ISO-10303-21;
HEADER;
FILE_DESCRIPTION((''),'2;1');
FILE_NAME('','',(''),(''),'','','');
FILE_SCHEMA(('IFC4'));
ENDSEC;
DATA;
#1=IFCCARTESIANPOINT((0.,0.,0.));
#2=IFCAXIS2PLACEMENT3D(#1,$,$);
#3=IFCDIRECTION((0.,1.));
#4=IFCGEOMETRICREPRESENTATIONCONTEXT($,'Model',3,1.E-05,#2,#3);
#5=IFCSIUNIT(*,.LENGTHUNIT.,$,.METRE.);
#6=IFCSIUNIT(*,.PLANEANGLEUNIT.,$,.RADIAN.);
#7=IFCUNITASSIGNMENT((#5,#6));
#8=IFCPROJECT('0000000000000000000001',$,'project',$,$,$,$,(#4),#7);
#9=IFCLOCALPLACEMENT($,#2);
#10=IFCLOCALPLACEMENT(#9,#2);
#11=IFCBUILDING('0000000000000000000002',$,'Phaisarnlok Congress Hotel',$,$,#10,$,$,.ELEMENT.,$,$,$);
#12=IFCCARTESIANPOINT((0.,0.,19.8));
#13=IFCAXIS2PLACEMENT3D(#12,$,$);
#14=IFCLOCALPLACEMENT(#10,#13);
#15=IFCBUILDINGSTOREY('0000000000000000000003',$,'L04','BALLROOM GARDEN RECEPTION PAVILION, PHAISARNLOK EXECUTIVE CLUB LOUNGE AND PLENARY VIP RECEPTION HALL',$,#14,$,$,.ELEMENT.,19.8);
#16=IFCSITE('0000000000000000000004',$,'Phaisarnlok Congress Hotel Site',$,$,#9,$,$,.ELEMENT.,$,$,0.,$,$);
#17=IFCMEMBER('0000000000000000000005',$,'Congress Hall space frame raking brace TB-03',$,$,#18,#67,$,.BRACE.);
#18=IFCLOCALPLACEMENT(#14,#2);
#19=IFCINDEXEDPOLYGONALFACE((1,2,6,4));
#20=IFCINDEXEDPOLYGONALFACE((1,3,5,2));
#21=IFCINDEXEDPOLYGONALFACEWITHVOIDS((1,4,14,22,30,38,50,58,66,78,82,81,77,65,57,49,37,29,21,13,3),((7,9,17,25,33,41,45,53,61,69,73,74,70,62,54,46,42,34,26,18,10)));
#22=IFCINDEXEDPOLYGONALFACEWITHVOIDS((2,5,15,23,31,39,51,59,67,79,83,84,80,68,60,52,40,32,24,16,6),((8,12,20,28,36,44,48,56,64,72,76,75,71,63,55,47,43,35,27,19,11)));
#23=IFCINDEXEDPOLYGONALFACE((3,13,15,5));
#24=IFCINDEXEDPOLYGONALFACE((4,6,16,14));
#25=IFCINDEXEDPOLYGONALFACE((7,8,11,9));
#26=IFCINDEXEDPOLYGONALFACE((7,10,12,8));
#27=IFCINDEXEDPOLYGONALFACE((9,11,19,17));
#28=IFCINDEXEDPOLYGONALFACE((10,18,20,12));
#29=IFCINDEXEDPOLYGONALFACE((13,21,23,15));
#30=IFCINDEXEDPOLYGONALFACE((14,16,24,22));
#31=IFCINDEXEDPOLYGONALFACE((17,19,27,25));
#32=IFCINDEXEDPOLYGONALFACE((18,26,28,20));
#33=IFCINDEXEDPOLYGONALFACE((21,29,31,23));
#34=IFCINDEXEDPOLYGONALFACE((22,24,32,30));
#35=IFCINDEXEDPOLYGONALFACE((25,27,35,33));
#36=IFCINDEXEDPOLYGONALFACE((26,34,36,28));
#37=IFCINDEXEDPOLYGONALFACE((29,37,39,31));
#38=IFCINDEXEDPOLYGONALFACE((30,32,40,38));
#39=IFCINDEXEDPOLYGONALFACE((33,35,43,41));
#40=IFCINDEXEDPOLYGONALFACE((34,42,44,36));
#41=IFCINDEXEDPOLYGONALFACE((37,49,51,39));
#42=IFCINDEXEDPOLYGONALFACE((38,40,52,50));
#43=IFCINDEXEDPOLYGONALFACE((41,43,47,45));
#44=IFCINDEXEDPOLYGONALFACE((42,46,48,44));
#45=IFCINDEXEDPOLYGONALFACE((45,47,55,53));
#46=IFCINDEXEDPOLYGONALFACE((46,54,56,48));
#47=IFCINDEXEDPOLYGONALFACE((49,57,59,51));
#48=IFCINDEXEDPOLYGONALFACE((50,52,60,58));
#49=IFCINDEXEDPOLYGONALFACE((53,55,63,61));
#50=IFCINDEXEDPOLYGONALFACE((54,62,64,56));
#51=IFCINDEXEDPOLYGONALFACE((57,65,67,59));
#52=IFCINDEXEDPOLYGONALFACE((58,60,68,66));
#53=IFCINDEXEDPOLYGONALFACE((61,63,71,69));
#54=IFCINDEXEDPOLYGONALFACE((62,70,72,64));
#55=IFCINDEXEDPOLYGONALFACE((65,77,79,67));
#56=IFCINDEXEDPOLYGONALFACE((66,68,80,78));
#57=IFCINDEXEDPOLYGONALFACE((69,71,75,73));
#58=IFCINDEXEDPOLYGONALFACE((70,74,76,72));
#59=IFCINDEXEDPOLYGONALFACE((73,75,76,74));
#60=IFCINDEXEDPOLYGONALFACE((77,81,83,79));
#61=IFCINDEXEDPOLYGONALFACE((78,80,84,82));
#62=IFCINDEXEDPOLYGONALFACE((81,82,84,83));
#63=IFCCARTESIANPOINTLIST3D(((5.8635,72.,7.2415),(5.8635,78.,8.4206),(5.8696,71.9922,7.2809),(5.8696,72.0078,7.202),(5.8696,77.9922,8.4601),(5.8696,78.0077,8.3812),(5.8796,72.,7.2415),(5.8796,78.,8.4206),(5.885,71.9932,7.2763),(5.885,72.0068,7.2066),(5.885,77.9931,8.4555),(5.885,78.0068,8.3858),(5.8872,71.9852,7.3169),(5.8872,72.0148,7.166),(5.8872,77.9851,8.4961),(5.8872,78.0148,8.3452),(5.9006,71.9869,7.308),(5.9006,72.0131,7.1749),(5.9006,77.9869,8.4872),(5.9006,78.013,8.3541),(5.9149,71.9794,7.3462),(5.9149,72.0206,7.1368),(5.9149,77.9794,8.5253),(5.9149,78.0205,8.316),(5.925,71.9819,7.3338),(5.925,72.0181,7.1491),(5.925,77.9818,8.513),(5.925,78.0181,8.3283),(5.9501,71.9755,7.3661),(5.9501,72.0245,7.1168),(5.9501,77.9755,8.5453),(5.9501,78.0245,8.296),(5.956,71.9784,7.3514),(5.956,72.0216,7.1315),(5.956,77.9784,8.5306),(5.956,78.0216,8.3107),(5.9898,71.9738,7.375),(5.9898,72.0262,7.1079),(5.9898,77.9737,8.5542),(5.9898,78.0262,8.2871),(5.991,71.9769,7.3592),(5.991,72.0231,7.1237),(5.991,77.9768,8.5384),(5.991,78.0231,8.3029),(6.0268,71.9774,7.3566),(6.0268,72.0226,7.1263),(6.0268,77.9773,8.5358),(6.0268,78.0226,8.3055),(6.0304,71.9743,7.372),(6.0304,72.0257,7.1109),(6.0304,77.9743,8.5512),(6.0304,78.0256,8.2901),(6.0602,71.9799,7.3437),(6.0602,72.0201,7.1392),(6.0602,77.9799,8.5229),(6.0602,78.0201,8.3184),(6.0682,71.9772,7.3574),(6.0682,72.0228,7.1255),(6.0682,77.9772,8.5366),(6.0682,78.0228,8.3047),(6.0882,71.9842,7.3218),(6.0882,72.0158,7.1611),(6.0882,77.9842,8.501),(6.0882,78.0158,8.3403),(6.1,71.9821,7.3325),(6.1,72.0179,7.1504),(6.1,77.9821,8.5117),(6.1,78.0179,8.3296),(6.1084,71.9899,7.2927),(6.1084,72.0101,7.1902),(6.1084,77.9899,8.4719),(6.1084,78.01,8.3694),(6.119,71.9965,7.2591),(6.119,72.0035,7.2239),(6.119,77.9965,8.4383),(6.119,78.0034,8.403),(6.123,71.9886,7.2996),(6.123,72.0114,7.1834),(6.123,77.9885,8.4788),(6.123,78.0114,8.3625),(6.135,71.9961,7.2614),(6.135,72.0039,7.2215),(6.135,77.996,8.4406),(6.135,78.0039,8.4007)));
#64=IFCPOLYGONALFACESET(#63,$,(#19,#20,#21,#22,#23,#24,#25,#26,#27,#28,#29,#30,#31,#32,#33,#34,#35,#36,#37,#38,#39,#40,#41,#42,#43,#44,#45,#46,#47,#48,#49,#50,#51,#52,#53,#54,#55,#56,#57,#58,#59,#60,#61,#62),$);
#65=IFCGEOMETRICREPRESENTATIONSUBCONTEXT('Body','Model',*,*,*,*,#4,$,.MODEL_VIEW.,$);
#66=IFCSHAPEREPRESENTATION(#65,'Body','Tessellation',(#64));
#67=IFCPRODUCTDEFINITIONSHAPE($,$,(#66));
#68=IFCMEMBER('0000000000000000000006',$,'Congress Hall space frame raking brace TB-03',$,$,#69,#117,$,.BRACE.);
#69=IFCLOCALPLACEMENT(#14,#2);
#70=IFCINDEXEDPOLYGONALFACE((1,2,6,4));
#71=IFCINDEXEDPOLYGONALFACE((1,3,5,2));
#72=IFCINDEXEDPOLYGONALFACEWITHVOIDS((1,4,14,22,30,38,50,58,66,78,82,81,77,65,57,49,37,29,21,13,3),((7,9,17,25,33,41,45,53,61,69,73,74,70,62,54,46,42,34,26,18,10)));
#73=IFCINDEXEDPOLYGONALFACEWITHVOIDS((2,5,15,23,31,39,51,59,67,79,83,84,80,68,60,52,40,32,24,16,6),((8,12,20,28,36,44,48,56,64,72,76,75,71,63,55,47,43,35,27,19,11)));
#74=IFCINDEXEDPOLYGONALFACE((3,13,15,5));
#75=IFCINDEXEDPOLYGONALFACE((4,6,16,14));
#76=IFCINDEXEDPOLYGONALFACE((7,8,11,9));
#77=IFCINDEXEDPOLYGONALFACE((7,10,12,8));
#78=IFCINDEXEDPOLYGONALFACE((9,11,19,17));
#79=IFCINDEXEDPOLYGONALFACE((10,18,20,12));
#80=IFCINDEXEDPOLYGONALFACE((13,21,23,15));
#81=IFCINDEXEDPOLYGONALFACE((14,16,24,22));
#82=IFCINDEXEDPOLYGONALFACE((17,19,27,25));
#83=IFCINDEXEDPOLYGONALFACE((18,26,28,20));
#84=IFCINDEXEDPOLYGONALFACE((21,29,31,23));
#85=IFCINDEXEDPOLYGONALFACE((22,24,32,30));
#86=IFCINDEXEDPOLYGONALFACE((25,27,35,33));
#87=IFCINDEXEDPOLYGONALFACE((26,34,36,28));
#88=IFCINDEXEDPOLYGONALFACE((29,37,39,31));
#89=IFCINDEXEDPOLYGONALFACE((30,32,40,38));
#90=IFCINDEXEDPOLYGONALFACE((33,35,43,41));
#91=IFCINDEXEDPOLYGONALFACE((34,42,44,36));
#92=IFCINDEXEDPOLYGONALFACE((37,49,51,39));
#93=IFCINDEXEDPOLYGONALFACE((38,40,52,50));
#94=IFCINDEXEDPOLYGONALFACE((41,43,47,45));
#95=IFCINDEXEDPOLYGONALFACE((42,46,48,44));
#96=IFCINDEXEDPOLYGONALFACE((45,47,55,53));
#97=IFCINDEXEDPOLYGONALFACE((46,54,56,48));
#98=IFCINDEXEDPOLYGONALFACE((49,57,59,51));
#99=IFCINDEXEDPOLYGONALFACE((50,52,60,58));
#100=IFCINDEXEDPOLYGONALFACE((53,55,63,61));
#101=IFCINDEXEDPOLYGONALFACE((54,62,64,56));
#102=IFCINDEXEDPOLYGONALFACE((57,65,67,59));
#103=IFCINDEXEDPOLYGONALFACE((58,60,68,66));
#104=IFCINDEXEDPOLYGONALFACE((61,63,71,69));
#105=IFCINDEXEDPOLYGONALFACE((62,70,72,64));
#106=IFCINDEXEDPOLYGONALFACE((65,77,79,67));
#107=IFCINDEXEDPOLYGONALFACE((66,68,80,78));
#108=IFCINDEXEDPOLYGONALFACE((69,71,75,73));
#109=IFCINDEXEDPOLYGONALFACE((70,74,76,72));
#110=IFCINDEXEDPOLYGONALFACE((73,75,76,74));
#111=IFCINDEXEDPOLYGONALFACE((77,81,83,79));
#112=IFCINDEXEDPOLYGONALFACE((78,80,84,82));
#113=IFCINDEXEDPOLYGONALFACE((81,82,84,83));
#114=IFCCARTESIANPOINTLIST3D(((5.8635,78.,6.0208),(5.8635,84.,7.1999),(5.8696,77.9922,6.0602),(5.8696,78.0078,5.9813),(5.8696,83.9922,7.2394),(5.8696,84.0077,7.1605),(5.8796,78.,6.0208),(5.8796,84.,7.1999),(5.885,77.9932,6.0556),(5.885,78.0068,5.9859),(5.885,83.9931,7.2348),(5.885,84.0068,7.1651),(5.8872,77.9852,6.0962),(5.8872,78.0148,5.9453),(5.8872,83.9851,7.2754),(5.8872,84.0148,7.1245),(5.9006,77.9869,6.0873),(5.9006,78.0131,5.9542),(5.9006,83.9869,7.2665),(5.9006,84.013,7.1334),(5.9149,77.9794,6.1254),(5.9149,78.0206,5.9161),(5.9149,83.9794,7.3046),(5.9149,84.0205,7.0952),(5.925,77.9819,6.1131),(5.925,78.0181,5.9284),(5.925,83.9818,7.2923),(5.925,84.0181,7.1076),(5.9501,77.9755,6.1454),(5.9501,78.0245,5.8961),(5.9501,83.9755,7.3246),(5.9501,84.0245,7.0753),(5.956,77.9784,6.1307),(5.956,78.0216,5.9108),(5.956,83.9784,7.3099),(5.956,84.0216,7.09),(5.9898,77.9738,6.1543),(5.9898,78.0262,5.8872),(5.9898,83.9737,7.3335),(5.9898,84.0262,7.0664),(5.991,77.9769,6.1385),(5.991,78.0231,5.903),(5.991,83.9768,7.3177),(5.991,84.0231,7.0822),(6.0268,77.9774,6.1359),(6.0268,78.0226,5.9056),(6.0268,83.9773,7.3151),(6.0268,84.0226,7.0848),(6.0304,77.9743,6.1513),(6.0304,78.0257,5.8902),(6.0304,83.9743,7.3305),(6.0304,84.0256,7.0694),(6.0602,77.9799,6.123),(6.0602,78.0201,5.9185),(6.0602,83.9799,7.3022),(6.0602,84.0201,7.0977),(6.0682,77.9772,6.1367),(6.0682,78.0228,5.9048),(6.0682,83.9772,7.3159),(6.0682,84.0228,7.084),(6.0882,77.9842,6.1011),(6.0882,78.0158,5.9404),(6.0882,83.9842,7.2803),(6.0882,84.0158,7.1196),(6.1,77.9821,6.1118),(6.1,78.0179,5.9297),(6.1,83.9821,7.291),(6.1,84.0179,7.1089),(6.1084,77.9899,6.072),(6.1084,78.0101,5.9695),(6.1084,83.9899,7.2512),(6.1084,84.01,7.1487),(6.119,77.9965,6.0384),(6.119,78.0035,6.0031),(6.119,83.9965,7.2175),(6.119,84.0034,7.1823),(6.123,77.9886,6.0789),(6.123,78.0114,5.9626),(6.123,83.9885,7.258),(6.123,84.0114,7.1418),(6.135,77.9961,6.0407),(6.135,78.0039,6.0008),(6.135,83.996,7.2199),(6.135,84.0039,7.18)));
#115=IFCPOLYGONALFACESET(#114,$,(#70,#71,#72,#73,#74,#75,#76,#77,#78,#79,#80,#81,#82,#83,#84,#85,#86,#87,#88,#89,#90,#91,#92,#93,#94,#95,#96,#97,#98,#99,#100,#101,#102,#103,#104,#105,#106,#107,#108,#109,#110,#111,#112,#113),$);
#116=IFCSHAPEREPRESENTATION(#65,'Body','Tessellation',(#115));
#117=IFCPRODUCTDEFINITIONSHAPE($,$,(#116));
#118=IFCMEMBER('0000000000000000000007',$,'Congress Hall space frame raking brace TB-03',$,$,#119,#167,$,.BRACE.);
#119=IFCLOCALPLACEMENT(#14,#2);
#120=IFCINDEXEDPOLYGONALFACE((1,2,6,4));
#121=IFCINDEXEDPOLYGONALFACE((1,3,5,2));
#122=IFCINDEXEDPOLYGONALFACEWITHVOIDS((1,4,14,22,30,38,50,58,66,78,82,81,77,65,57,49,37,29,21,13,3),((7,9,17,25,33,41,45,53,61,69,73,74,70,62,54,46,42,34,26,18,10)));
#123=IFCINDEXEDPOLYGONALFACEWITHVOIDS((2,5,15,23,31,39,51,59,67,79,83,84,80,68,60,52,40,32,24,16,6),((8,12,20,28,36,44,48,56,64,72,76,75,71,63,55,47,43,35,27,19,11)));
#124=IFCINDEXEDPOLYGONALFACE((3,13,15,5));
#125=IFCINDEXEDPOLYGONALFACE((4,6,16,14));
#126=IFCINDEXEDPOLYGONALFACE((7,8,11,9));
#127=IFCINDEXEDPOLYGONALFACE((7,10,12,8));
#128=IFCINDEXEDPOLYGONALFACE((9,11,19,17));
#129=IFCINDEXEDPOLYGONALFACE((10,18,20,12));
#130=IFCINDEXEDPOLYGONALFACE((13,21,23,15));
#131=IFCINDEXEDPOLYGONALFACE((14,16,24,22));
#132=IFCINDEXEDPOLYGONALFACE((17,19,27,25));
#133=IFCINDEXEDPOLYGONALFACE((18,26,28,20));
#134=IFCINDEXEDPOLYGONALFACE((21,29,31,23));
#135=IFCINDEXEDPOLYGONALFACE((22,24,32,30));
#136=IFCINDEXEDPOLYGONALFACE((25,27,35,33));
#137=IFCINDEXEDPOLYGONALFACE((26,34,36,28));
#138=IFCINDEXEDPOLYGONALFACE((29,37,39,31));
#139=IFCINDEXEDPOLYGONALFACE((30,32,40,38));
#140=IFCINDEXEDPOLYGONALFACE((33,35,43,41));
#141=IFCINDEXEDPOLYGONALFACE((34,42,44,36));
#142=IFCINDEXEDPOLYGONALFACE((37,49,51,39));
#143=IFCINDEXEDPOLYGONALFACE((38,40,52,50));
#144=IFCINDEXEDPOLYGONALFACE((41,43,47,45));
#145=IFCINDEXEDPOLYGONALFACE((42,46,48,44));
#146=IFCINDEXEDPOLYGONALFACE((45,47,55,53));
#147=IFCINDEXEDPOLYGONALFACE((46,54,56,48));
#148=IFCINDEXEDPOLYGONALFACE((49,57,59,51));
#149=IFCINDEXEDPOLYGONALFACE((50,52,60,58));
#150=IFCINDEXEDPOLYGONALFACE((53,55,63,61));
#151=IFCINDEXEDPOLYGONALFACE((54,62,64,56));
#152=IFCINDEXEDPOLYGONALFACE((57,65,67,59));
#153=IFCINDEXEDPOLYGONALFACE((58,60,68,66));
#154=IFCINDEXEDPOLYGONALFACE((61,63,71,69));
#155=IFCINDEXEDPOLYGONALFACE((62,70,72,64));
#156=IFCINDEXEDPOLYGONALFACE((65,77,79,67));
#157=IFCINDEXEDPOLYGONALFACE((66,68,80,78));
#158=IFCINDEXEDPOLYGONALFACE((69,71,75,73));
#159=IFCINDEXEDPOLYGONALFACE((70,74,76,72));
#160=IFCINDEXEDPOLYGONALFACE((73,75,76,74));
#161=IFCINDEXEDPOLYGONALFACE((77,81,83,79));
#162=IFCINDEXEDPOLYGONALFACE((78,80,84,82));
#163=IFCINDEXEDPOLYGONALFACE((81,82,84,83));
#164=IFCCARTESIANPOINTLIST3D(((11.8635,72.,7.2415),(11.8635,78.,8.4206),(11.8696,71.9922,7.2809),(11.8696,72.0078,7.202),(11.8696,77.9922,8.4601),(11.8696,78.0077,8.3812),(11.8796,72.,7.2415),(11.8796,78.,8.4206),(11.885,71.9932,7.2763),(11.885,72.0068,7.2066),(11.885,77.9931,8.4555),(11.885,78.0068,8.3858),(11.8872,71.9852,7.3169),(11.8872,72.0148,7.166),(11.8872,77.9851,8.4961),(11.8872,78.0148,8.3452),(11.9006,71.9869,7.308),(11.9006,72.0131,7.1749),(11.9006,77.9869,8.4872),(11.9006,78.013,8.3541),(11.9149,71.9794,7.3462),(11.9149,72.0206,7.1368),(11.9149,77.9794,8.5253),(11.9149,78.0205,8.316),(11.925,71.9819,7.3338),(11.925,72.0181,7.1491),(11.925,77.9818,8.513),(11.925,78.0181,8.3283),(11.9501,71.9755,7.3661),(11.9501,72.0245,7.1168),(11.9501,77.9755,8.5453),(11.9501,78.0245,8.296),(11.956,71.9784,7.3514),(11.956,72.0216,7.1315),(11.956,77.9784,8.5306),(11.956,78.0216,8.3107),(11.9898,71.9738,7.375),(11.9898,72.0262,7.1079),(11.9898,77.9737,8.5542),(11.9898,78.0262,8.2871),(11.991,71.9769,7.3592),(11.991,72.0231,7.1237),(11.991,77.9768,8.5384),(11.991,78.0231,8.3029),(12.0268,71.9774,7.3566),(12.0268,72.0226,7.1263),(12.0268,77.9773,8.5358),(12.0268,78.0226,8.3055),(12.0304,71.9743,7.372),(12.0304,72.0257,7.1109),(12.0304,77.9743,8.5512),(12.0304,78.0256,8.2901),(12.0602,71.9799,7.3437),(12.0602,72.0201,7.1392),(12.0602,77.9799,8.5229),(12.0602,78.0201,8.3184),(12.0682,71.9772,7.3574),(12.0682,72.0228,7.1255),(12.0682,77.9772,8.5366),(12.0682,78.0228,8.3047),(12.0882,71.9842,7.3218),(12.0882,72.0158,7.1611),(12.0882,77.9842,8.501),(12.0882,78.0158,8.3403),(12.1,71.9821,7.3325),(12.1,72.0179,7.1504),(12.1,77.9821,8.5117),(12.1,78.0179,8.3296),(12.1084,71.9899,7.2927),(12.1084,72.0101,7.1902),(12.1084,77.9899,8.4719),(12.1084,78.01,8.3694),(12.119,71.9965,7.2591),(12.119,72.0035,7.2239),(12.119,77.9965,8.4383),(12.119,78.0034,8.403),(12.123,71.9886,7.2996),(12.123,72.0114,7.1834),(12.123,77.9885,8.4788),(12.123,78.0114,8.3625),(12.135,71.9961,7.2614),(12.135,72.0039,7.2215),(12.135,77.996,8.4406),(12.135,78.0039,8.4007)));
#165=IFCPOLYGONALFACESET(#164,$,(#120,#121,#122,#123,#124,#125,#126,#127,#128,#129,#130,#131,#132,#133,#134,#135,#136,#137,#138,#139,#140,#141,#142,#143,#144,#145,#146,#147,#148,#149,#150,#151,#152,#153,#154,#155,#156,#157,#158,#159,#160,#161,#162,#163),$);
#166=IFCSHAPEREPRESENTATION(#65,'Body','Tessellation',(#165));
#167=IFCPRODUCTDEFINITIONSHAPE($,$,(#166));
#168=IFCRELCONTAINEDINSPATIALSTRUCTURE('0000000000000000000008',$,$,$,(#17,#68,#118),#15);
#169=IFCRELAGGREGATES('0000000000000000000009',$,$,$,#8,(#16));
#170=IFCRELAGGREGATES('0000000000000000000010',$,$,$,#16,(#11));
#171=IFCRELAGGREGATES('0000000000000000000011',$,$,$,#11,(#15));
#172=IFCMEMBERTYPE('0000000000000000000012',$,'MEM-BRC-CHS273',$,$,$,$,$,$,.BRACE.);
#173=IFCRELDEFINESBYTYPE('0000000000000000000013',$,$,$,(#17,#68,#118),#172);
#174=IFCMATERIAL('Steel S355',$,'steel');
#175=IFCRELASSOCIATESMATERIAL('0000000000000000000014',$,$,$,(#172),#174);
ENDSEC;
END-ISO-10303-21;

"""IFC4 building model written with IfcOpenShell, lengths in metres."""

from ifc_helpers import new_model, si_unit, direction, frame, origin, origin_2d, place, context, subcontext, project, spatial, hollow_circle, extrude, material, material_profile, profile_set, type_object, element, save


model = new_model("IFC4")

# Units and contexts
model_context = context("Model", 3, precision=1e-05, world=origin(), true_north=direction((0.0, 1.0)))
body_context = subcontext(model_context, "Body", "Model", "MODEL_VIEW")
ifc_project = project(units=[si_unit("LENGTHUNIT", "METRE"), si_unit("PLANEANGLEUNIT", "RADIAN")], contexts=[model_context])

# Site, building, storey
site_placement = place(None, origin())
site = spatial("IfcSite", under=ifc_project, at=site_placement, Name="Phaisarnlok Congress Hotel Site", CompositionType="ELEMENT", RefElevation=0.0)
building_placement = place(site_placement, origin())
building = spatial("IfcBuilding", under=site, at=building_placement, Name="Phaisarnlok Congress Hotel", CompositionType="ELEMENT")
storey_placement = place(building_placement, frame((0.0, 0.0, 19.8)))
storey = spatial("IfcBuildingStorey", under=building, at=storey_placement, Name="L04", Description="BALLROOM GARDEN RECEPTION PAVILION, PHAISARNLOK EXECUTIVE CLUB LOUNGE AND PLENARY VIP RECEPTION HALL", CompositionType="ELEMENT", Elevation=19.8)

# Members
ifc_material = material(Name="Steel S355", Category="steel")
ifc_material_profile_1 = material_profile(ifc_material, hollow_circle(Radius=0.1365, WallThickness=0.0161, at=origin_2d()), Name="CHS 273x16")
ifc_profile_set_1 = profile_set([ifc_material_profile_1], Name="Steel S355")
member_type_1 = type_object("IfcMemberType", Name="MEM-BRC-CHS273", PredefinedType="BRACE", material=ifc_profile_set_1)
for number, where, z_axis, x_axis, name in (
    (1, (6.0, 72.0, 7.2415), (0.0, 0.981229, 0.192844), (-1.0, 0.0, 0.0), "Congress Hall space frame raking brace TB-03"),
    (2, (6.0, 78.0, 6.0208), (0.0, 0.981229, 0.192844), (-1.0, 0.0, 0.0), "Congress Hall space frame raking brace TB-03"),
    (3, (12.0, 72.0, 7.2415), (0.0, 0.981229, 0.192844), (-1.0, 0.0, 0.0), "Congress Hall space frame raking brace TB-03"),
):
    element("IfcMember", number, at=place(storey_placement, frame(where, z_axis=z_axis, x_axis=x_axis)), inside=storey, type_object=member_type_1, Name=name, PredefinedType="BRACE", context=body_context, shape_type="SweptSolid", body=[
        extrude(hollow_circle(Radius=0.1365, WallThickness=0.0161, at=origin_2d()), origin(), (0.0, 0.0, 1.0), 6.1147),
    ])

save(model, "model.ifc")
